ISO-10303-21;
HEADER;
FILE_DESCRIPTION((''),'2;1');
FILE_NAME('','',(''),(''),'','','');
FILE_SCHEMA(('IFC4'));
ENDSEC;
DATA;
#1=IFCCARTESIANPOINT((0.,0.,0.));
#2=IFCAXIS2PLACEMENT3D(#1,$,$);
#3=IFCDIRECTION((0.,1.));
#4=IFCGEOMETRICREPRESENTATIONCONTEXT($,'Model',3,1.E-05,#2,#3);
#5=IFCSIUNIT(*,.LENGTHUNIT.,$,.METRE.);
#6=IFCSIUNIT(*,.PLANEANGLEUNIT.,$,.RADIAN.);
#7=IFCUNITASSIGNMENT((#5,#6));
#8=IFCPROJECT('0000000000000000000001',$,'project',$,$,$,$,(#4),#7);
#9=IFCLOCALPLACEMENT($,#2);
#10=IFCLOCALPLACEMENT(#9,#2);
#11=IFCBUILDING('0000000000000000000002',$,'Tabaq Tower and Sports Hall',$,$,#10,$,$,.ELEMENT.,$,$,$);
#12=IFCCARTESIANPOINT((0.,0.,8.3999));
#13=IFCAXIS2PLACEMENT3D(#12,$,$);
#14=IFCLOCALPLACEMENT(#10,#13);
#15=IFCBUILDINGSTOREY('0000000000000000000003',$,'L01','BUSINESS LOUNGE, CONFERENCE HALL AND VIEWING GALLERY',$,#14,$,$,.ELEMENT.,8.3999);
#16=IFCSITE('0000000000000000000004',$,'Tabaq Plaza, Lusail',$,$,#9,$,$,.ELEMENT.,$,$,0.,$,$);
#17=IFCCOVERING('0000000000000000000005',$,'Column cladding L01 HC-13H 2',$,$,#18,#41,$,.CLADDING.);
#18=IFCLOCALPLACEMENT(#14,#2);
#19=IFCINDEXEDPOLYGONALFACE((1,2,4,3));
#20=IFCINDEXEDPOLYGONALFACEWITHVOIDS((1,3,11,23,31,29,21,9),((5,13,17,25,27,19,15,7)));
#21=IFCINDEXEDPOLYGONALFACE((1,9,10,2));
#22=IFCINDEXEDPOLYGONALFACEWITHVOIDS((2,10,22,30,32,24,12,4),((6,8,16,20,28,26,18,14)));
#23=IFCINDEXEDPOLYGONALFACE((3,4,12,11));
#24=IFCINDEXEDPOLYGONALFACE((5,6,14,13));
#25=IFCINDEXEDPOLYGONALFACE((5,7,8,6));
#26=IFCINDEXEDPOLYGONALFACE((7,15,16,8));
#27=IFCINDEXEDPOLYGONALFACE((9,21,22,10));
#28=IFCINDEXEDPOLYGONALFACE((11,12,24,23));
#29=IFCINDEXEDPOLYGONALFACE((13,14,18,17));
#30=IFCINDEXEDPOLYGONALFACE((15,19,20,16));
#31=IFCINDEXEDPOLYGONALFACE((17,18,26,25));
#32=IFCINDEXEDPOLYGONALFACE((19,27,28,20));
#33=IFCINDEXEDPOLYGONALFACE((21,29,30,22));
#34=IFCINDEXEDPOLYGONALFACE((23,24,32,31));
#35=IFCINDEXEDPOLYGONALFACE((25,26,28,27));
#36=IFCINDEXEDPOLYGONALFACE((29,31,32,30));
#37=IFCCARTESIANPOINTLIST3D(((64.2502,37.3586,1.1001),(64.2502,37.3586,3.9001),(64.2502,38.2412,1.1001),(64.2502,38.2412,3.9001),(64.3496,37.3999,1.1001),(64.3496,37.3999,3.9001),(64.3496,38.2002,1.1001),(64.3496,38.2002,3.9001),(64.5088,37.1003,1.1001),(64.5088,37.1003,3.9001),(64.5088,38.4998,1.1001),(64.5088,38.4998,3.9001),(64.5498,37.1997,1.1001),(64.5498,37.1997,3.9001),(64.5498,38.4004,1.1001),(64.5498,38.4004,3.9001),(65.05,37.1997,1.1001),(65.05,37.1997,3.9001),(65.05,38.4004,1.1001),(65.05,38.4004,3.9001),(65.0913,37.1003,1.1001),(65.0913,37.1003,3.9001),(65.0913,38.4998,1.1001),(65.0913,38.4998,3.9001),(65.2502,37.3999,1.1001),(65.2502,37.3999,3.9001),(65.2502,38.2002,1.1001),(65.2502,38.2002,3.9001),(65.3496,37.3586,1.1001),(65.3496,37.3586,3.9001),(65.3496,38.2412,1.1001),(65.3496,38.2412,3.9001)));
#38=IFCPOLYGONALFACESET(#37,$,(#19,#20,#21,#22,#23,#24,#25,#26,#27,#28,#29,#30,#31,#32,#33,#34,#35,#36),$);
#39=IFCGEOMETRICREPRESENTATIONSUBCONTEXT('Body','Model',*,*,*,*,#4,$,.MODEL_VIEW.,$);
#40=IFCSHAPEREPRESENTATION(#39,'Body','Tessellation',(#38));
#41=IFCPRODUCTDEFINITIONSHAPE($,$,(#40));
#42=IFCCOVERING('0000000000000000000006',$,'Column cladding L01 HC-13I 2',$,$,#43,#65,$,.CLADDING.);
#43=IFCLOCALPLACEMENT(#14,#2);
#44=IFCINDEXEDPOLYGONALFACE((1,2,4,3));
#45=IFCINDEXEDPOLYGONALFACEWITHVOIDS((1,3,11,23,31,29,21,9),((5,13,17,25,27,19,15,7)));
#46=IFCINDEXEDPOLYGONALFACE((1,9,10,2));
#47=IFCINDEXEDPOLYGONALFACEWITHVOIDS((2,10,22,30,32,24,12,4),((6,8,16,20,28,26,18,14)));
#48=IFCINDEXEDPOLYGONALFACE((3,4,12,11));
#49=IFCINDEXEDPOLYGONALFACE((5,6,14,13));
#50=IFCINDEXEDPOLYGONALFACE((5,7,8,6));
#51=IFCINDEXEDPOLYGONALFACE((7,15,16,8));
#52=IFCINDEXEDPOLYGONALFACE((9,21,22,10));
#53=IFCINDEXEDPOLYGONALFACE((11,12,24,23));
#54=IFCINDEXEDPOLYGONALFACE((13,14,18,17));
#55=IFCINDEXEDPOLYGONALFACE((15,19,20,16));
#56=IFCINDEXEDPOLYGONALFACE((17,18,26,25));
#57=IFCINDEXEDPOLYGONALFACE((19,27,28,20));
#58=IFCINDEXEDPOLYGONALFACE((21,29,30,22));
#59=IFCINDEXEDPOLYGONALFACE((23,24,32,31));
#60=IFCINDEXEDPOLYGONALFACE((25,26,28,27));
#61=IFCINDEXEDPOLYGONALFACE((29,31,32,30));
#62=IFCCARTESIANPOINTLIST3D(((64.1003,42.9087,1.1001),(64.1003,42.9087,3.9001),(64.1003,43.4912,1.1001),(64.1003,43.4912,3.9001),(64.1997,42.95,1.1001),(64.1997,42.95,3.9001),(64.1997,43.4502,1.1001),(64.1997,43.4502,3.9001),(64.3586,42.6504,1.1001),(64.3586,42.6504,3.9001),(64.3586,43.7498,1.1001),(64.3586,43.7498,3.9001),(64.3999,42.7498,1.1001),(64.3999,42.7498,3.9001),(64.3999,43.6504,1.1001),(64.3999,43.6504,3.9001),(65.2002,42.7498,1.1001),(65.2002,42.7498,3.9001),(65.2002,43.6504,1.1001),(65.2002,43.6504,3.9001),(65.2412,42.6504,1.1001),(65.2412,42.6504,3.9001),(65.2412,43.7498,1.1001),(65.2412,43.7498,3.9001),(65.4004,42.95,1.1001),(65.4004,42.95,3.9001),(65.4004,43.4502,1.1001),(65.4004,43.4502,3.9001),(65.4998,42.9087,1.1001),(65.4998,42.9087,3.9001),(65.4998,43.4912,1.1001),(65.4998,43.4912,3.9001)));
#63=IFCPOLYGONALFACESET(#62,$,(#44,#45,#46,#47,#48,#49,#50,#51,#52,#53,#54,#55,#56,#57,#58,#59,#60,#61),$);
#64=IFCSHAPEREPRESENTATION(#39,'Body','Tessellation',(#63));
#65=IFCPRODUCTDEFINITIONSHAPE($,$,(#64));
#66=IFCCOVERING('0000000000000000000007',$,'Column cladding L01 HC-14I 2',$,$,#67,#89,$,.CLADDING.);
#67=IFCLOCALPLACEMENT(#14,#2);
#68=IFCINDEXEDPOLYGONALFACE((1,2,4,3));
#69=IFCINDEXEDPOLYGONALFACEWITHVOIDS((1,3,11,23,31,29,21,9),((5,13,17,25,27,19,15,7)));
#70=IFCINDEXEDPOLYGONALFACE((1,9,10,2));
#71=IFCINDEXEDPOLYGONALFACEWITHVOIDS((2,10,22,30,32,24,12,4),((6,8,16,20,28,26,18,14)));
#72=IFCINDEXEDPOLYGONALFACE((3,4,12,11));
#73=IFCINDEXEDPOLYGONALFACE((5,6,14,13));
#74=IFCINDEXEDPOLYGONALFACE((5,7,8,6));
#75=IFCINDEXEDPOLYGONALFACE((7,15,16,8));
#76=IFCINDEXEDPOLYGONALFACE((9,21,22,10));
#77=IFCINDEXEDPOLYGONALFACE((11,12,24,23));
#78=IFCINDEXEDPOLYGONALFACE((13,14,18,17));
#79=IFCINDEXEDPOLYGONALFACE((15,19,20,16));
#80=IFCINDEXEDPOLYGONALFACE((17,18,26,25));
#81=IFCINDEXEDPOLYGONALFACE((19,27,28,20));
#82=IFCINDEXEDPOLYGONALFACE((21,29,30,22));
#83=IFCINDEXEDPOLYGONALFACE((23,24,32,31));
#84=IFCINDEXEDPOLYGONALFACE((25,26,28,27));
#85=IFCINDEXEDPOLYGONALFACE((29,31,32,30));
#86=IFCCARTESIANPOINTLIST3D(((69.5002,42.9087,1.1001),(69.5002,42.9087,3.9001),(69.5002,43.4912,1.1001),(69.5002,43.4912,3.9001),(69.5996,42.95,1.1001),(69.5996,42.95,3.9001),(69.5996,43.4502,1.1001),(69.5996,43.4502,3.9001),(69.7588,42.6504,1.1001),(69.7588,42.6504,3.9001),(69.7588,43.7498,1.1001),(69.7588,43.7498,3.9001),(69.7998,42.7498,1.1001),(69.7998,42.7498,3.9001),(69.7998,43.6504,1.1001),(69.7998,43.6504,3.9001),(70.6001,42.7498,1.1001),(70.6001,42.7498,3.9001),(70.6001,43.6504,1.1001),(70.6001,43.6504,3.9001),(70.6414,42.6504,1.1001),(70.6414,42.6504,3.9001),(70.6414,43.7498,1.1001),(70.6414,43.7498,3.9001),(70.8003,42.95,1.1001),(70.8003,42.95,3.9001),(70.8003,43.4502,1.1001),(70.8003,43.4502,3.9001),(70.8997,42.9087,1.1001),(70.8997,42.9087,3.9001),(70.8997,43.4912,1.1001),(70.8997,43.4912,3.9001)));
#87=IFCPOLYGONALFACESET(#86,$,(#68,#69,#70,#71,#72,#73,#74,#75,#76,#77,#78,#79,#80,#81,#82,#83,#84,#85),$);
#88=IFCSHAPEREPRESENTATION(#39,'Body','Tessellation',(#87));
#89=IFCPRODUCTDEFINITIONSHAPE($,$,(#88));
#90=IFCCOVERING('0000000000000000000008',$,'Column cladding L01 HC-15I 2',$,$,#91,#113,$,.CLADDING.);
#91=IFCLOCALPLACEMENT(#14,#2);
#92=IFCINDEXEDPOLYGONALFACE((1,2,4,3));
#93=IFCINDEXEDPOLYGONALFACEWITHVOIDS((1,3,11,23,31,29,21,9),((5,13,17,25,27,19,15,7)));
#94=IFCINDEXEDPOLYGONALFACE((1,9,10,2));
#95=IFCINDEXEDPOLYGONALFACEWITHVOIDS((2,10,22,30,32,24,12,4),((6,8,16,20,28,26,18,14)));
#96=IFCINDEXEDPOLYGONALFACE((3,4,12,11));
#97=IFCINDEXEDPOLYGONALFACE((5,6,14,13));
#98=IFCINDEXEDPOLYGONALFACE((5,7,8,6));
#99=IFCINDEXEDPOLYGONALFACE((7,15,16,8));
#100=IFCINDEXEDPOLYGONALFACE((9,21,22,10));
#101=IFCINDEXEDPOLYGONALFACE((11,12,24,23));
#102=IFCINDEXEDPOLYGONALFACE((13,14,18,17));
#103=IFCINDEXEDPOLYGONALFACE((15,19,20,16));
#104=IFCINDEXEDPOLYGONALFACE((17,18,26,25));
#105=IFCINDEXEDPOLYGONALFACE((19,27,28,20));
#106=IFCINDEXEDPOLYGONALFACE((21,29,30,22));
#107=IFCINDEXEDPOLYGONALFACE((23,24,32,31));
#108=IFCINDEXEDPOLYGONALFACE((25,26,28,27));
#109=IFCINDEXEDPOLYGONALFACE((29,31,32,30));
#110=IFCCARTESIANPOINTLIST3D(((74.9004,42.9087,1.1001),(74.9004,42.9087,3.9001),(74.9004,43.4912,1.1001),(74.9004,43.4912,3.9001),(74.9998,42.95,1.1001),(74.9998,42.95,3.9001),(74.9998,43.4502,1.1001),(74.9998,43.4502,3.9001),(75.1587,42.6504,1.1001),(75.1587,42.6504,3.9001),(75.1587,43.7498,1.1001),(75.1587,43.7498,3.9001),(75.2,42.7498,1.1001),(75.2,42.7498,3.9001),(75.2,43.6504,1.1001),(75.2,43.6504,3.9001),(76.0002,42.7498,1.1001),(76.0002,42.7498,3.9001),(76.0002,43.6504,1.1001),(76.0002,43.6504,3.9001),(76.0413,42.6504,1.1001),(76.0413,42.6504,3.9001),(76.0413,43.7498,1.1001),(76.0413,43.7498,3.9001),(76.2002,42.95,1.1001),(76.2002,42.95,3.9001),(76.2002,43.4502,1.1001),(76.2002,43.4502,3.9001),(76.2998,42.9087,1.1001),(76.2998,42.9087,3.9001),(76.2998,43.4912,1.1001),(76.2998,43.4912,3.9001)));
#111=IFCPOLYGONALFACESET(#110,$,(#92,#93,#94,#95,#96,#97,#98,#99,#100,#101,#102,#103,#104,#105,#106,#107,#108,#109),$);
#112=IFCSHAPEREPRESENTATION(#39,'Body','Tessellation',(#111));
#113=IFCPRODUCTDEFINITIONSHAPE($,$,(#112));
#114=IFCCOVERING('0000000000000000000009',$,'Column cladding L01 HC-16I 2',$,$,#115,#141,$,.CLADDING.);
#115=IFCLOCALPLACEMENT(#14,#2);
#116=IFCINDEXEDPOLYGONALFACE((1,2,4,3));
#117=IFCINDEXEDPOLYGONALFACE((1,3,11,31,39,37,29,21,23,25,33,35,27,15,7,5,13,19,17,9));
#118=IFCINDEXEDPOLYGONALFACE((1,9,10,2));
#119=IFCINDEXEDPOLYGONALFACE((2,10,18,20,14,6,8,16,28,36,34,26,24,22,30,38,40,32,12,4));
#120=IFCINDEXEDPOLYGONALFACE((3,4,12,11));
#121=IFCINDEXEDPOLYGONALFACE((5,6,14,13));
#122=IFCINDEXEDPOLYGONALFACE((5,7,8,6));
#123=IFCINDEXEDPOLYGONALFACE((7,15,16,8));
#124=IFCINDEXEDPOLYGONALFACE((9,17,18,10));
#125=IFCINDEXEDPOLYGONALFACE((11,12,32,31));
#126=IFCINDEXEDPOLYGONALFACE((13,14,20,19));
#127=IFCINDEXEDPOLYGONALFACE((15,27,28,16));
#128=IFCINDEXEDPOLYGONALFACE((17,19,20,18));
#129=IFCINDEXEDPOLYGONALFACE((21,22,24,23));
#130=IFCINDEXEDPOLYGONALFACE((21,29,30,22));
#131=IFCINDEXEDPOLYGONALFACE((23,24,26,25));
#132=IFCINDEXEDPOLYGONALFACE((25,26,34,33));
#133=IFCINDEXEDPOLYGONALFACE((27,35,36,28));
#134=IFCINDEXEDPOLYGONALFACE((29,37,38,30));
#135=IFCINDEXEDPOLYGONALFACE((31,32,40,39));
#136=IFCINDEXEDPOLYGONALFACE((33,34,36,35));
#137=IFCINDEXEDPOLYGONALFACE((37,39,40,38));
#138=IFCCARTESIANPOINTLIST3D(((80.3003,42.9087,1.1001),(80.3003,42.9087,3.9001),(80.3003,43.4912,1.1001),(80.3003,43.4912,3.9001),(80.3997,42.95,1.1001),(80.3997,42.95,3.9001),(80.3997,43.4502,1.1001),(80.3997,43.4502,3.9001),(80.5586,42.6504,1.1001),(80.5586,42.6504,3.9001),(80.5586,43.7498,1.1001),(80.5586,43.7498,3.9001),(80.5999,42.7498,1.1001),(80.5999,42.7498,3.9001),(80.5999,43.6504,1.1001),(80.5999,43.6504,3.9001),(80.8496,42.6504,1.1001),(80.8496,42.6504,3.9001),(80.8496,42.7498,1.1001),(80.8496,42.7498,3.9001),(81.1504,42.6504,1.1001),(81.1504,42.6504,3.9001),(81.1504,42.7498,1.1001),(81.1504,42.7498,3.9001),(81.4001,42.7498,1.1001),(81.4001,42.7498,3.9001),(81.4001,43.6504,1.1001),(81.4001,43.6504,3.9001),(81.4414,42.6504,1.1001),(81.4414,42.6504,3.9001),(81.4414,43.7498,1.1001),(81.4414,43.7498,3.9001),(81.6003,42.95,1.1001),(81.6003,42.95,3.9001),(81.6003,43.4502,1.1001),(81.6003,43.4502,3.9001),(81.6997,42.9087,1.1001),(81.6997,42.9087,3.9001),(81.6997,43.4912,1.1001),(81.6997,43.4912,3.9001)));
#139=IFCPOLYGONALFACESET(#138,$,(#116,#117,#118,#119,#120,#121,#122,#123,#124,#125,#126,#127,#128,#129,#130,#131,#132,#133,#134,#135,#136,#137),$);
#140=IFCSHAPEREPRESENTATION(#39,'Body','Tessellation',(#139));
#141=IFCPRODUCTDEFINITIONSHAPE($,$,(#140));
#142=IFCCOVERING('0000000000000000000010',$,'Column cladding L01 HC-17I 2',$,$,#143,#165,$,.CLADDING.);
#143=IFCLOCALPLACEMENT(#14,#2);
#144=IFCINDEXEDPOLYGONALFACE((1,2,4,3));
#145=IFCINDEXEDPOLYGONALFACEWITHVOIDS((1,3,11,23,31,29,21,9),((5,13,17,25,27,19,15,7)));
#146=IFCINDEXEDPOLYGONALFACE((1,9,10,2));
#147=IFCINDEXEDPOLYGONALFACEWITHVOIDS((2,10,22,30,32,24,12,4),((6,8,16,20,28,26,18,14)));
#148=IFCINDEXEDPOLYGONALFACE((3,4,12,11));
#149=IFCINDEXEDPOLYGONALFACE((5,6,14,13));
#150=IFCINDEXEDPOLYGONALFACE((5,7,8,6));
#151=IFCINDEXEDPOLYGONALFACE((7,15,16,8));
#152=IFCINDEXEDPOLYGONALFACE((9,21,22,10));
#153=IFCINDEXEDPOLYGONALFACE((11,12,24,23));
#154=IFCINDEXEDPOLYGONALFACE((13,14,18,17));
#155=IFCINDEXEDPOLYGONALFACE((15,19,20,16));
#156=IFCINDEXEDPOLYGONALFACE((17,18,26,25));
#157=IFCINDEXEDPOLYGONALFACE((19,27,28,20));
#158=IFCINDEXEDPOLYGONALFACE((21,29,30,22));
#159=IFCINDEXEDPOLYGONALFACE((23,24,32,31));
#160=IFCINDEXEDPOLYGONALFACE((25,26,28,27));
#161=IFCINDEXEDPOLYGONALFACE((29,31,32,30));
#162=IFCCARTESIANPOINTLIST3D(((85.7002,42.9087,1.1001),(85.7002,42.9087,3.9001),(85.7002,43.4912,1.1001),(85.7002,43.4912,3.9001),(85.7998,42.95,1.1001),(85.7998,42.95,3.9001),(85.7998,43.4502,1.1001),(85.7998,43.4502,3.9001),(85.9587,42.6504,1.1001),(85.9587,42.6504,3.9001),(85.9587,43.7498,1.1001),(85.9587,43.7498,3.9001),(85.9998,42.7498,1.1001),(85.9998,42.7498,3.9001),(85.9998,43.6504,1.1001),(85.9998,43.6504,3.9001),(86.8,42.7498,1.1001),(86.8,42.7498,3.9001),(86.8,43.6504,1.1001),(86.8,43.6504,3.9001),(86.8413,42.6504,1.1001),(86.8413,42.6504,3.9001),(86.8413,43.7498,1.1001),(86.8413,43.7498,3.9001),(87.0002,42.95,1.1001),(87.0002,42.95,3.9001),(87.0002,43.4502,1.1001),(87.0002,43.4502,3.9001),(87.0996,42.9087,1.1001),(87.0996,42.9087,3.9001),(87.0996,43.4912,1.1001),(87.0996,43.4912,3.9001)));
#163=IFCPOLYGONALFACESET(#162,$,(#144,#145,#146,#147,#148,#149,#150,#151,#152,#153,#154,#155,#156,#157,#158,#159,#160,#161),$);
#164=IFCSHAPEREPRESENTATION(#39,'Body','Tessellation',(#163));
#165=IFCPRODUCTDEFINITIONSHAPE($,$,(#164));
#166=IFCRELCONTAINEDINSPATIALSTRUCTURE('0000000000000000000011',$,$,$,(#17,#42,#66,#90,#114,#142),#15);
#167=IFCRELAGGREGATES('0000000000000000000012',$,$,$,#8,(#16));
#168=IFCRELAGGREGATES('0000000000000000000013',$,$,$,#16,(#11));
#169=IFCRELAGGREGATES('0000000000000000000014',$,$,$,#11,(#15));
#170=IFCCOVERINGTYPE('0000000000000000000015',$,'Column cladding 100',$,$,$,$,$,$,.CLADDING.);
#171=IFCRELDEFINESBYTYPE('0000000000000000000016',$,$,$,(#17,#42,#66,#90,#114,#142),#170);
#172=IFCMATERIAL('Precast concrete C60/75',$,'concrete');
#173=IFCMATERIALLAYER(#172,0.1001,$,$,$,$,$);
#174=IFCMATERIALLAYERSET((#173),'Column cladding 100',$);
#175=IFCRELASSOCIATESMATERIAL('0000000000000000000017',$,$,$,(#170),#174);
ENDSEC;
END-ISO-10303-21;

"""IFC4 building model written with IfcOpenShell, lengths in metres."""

from ifc_helpers import new_model, si_unit, direction, frame, origin, place, context, subcontext, project, spatial, polyline, outline, extrude, material, layer, layer_set, type_object, element, save


model = new_model("IFC4")

# Units and contexts
model_context = context("Model", 3, precision=1e-05, world=origin(), true_north=direction((0.0, 1.0)))
body_context = subcontext(model_context, "Body", "Model", "MODEL_VIEW")
ifc_project = project(units=[si_unit("LENGTHUNIT", "METRE"), si_unit("PLANEANGLEUNIT", "RADIAN")], contexts=[model_context])

# Site, building, storey
site_placement = place(None, origin())
site = spatial("IfcSite", under=ifc_project, at=site_placement, Name="Tabaq Plaza, Lusail", CompositionType="ELEMENT", RefElevation=0.0)
building_placement = place(site_placement, origin())
building = spatial("IfcBuilding", under=site, at=building_placement, Name="Tabaq Tower and Sports Hall", CompositionType="ELEMENT")
storey_placement = place(building_placement, frame((0.0, 0.0, 8.3999)))
storey = spatial("IfcBuildingStorey", under=building, at=storey_placement, Name="L01", Description="BUSINESS LOUNGE, CONFERENCE HALL AND VIEWING GALLERY", CompositionType="ELEMENT", Elevation=8.3999)

# Coverings
ifc_material_1 = material(Name="Precast concrete C60/75", Category="concrete")
ifc_layer_1 = layer(ifc_material_1, 0.1001)
ifc_layer_set_1 = layer_set([ifc_layer_1], Name="Column cladding 100")
covering_type = type_object("IfcCoveringType", Name="Column cladding 100", PredefinedType="CLADDING", material=ifc_layer_set_1)
covering_1_placement = place(storey_placement, frame((0.0, 0.0, 1.1001)))
element("IfcCovering", 1, at=covering_1_placement, inside=storey, type_object=covering_type, Name="Column cladding L01 HC-13H 2", PredefinedType="CLADDING", context=body_context, shape_type="SweptSolid", body=[
    extrude(outline(polyline([(65.0913, 37.1003), (64.5088, 37.1003), (64.2502, 37.3586), (64.2502, 38.2412), (64.5088, 38.4998), (65.0913, 38.4998), (65.3496, 38.2412), (65.3496, 37.3586), (65.0913, 37.1003)]), holes=[polyline([(65.2502, 38.2002), (65.05, 38.4004), (64.5498, 38.4004), (64.3496, 38.2002), (64.3496, 37.3999), (64.5498, 37.1997), (65.05, 37.1997), (65.2502, 37.3999), (65.2502, 38.2002)])]), origin(), (0.0, 0.0, 1.0), 2.8),
])
covering_2_placement = place(storey_placement, frame((0.0, 0.0, 1.1001)))
element("IfcCovering", 2, at=covering_2_placement, inside=storey, type_object=covering_type, Name="Column cladding L01 HC-13I 2", PredefinedType="CLADDING", context=body_context, shape_type="SweptSolid", body=[
    extrude(outline(polyline([(64.1003, 42.9087), (64.1003, 43.4912), (64.3586, 43.7498), (65.2412, 43.7498), (65.4998, 43.4912), (65.4998, 42.9087), (65.2412, 42.6504), (64.3586, 42.6504), (64.1003, 42.9087)]), holes=[polyline([(65.2002, 42.7498), (65.4004, 42.95), (65.4004, 43.4502), (65.2002, 43.6504), (64.3999, 43.6504), (64.1997, 43.4502), (64.1997, 42.95), (64.3999, 42.7498), (65.2002, 42.7498)])]), origin(), (0.0, 0.0, 1.0), 2.8),
])
covering_3_placement = place(storey_placement, frame((0.0, 0.0, 1.1001)))
element("IfcCovering", 3, at=covering_3_placement, inside=storey, type_object=covering_type, Name="Column cladding L01 HC-14I 2", PredefinedType="CLADDING", context=body_context, shape_type="SweptSolid", body=[
    extrude(outline(polyline([(69.5002, 42.9087), (69.5002, 43.4912), (69.7588, 43.7498), (70.6414, 43.7498), (70.8997, 43.4912), (70.8997, 42.9087), (70.6414, 42.6504), (69.7588, 42.6504), (69.5002, 42.9087)]), holes=[polyline([(70.6001, 42.7498), (70.8003, 42.95), (70.8003, 43.4502), (70.6001, 43.6504), (69.7998, 43.6504), (69.5996, 43.4502), (69.5996, 42.95), (69.7998, 42.7498), (70.6001, 42.7498)])]), origin(), (0.0, 0.0, 1.0), 2.8),
])
covering_4_placement = place(storey_placement, frame((0.0, 0.0, 1.1001)))
element("IfcCovering", 4, at=covering_4_placement, inside=storey, type_object=covering_type, Name="Column cladding L01 HC-15I 2", PredefinedType="CLADDING", context=body_context, shape_type="SweptSolid", body=[
    extrude(outline(polyline([(74.9004, 42.9087), (74.9004, 43.4912), (75.1587, 43.7498), (76.0413, 43.7498), (76.2998, 43.4912), (76.2998, 42.9087), (76.0413, 42.6504), (75.1587, 42.6504), (74.9004, 42.9087)]), holes=[polyline([(76.0002, 42.7498), (76.2002, 42.95), (76.2002, 43.4502), (76.0002, 43.6504), (75.2, 43.6504), (74.9998, 43.4502), (74.9998, 42.95), (75.2, 42.7498), (76.0002, 42.7498)])]), origin(), (0.0, 0.0, 1.0), 2.8),
])
covering_5_placement = place(storey_placement, frame((0.0, 0.0, 1.1001)))
element("IfcCovering", 5, at=covering_5_placement, inside=storey, type_object=covering_type, Name="Column cladding L01 HC-16I 2", PredefinedType="CLADDING", context=body_context, shape_type="SweptSolid", body=[
    extrude(outline(polyline([(80.3003, 43.4912), (80.5586, 43.7498), (81.4414, 43.7498), (81.6997, 43.4912), (81.6997, 42.9087), (81.4414, 42.6504), (81.1504, 42.6504), (81.1504, 42.7498), (81.4001, 42.7498), (81.6003, 42.95), (81.6003, 43.4502), (81.4001, 43.6504), (80.5999, 43.6504), (80.3997, 43.4502), (80.3997, 42.95), (80.5999, 42.7498), (80.8496, 42.7498), (80.8496, 42.6504), (80.5586, 42.6504), (80.3003, 42.9087), (80.3003, 43.4912)])), origin(), (0.0, 0.0, 1.0), 2.8),
])
covering_6_placement = place(storey_placement, frame((0.0, 0.0, 1.1001)))
element("IfcCovering", 6, at=covering_6_placement, inside=storey, type_object=covering_type, Name="Column cladding L01 HC-17I 2", PredefinedType="CLADDING", context=body_context, shape_type="SweptSolid", body=[
    extrude(outline(polyline([(85.7002, 42.9087), (85.7002, 43.4912), (85.9587, 43.7498), (86.8413, 43.7498), (87.0996, 43.4912), (87.0996, 42.9087), (86.8413, 42.6504), (85.9587, 42.6504), (85.7002, 42.9087)]), holes=[polyline([(86.8, 42.7498), (87.0002, 42.95), (87.0002, 43.4502), (86.8, 43.6504), (85.9998, 43.6504), (85.7998, 43.4502), (85.7998, 42.95), (85.9998, 42.7498), (86.8, 42.7498)])]), origin(), (0.0, 0.0, 1.0), 2.8),
])

save(model, "model.ifc")
